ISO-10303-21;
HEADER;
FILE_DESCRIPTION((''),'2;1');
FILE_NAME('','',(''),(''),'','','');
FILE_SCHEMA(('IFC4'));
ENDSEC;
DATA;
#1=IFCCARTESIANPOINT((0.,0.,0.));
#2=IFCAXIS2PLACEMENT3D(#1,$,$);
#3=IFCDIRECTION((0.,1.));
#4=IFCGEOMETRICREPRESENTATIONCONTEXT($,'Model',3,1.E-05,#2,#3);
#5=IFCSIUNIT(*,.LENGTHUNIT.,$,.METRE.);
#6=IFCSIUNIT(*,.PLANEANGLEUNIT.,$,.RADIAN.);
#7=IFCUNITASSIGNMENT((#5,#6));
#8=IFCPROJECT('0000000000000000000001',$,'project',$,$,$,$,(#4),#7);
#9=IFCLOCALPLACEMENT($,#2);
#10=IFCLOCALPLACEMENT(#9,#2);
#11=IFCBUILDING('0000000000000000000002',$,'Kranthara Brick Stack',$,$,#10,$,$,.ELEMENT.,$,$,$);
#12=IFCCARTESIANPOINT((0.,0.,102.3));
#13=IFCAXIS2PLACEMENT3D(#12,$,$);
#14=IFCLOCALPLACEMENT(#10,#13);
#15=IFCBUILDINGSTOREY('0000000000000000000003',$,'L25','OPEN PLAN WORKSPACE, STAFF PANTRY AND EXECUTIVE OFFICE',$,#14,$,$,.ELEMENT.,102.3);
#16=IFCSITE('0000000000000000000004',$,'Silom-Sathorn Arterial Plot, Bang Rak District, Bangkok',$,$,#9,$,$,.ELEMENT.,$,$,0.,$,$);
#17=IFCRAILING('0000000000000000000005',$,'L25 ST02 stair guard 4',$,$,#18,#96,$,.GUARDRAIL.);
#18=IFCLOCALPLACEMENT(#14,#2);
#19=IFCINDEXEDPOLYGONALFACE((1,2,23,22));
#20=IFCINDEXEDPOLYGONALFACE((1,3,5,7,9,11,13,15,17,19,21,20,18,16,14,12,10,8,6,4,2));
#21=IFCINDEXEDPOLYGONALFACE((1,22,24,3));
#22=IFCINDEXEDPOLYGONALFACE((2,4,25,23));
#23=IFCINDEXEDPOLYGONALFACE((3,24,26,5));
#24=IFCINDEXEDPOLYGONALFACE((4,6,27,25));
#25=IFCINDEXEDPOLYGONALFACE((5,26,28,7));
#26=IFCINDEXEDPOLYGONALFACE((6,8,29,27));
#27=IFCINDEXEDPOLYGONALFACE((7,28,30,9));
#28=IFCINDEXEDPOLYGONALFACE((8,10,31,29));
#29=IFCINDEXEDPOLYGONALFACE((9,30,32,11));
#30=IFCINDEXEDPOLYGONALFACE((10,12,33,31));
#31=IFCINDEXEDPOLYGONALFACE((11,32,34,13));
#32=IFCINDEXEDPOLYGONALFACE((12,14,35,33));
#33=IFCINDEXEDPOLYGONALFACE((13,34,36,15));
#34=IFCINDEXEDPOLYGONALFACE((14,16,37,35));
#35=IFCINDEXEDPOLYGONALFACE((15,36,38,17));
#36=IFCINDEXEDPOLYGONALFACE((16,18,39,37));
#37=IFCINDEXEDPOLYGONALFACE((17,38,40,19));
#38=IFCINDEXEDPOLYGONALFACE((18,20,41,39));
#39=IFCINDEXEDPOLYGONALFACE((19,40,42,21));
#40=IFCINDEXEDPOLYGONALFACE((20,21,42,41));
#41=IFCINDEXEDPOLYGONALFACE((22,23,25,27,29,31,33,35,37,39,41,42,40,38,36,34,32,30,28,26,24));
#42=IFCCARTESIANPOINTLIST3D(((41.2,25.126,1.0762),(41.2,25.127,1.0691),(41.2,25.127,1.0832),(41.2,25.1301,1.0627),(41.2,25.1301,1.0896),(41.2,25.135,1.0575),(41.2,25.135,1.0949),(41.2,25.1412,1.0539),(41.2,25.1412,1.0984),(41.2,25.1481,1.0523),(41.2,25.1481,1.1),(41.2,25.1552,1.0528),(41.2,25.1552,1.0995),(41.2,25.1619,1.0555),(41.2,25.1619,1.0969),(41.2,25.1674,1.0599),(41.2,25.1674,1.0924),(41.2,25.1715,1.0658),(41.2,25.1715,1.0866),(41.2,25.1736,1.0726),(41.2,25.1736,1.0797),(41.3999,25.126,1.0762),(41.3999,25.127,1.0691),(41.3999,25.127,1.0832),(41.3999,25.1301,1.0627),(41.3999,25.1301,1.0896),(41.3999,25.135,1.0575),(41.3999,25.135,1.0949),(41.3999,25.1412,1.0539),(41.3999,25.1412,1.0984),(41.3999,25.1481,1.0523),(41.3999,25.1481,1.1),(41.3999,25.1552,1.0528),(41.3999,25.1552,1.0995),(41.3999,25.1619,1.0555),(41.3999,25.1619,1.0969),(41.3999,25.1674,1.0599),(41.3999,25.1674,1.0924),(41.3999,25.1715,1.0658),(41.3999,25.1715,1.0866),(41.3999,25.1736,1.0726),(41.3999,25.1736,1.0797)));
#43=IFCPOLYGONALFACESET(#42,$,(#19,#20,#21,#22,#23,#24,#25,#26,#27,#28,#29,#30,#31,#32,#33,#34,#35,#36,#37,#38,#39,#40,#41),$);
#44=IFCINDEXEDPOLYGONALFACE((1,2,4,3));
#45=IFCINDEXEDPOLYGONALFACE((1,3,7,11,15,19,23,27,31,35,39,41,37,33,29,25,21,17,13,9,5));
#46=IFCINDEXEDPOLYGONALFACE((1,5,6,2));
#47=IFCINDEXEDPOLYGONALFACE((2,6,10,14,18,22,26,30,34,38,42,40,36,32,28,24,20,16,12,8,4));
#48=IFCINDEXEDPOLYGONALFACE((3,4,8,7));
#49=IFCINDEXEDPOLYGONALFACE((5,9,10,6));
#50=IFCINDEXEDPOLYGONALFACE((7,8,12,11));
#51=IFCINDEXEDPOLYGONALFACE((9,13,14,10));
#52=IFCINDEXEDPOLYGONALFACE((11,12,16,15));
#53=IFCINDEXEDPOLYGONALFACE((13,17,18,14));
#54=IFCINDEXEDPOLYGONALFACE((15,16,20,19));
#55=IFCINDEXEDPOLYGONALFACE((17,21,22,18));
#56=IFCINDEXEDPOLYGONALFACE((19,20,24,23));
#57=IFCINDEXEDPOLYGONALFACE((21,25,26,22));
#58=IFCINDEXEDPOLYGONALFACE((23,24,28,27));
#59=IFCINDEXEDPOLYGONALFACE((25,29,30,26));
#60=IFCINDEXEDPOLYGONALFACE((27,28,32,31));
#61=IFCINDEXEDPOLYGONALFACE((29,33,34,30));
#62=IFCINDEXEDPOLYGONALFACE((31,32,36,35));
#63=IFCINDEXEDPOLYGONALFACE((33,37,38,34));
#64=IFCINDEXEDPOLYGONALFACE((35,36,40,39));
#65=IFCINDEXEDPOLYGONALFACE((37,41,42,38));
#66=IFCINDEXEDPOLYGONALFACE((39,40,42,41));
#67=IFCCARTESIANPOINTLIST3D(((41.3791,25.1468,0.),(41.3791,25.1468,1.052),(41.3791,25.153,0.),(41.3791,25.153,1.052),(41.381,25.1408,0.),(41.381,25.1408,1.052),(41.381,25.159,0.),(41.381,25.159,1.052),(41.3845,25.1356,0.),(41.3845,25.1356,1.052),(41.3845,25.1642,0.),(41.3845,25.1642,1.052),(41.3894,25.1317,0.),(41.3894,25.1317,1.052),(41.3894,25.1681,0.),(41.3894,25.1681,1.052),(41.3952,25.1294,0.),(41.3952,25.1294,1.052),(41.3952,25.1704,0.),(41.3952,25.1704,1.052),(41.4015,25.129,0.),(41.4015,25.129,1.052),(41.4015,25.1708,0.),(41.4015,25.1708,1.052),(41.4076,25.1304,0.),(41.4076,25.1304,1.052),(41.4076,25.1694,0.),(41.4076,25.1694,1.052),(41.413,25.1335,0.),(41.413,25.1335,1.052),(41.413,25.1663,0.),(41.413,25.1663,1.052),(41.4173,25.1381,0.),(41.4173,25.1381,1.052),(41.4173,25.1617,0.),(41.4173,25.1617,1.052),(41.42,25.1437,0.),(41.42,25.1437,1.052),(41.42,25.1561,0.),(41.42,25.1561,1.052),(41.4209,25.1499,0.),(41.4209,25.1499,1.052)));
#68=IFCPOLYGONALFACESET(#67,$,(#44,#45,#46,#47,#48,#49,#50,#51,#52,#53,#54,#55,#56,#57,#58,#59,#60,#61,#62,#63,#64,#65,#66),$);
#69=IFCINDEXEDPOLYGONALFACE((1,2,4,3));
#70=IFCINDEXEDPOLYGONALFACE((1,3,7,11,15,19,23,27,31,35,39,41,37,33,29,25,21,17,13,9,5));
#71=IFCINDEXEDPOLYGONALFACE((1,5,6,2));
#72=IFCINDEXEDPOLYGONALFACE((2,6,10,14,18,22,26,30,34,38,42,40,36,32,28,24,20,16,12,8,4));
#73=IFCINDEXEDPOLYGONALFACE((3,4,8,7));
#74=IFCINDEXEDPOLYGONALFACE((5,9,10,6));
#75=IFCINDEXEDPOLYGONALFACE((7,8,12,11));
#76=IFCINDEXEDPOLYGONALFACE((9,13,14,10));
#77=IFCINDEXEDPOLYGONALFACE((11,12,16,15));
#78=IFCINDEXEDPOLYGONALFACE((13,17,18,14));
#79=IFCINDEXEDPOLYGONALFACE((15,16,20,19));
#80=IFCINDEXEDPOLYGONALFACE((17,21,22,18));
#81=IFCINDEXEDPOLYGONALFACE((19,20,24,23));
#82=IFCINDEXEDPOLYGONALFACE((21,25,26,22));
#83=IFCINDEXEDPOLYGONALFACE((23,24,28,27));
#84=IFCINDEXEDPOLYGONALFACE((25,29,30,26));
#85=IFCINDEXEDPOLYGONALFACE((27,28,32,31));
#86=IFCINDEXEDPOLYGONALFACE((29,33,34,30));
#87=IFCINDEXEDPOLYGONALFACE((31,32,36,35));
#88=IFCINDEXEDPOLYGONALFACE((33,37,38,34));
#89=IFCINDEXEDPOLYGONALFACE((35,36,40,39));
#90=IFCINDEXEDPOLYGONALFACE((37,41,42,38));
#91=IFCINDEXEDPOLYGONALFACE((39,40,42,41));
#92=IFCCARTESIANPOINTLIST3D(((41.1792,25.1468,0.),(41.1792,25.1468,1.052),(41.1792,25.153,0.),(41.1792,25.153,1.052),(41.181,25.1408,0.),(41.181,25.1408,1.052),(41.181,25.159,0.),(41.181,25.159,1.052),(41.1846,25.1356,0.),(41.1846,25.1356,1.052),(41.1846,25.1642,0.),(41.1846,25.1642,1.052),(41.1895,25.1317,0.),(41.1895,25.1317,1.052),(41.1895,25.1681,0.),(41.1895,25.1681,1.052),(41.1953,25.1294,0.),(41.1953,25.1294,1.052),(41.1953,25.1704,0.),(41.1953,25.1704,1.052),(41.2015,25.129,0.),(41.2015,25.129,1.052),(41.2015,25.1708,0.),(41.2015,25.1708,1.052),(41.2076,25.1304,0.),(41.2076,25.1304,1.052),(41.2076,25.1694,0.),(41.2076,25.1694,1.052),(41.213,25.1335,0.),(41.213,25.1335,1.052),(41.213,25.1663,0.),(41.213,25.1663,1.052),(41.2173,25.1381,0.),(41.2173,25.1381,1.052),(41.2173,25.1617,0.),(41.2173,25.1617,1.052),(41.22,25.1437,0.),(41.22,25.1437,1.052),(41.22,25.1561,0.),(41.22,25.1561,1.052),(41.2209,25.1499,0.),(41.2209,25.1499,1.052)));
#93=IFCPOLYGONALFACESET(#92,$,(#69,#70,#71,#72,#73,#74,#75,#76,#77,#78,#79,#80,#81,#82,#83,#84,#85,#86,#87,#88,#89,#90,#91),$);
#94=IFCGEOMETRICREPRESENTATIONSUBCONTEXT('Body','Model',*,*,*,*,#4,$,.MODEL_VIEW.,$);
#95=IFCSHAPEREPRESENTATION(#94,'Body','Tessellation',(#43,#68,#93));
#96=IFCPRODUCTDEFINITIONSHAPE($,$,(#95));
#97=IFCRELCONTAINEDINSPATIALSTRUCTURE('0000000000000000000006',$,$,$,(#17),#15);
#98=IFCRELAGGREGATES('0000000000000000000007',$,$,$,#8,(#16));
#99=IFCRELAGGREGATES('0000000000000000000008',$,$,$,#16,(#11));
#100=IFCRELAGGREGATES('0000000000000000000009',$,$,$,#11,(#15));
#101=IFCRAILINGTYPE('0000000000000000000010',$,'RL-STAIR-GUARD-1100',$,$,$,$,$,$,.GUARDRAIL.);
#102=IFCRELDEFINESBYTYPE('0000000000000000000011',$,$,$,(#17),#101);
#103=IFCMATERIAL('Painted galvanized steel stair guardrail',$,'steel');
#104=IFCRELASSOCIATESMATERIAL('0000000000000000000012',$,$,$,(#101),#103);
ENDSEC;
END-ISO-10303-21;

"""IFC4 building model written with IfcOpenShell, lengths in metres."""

from ifc_helpers import new_model, si_unit, direction, frame, origin, origin_2d, place, context, subcontext, project, spatial, circle, extrude, material, type_object, element, save


model = new_model("IFC4")

# Units and contexts
model_context = context("Model", 3, precision=1e-05, world=origin(), true_north=direction((0.0, 1.0)))
body_context = subcontext(model_context, "Body", "Model", "MODEL_VIEW")
ifc_project = project(units=[si_unit("LENGTHUNIT", "METRE"), si_unit("PLANEANGLEUNIT", "RADIAN")], contexts=[model_context])

# Site, building, storey
site_placement = place(None, origin())
site = spatial("IfcSite", under=ifc_project, at=site_placement, Name="Silom-Sathorn Arterial Plot, Bang Rak District, Bangkok", CompositionType="ELEMENT", RefElevation=0.0)
building_placement = place(site_placement, origin())
building = spatial("IfcBuilding", under=site, at=building_placement, Name="Kranthara Brick Stack", CompositionType="ELEMENT")
storey_placement = place(building_placement, frame((0.0, 0.0, 102.3)))
storey = spatial("IfcBuildingStorey", under=building, at=storey_placement, Name="L25", Description="OPEN PLAN WORKSPACE, STAFF PANTRY AND EXECUTIVE OFFICE", CompositionType="ELEMENT", Elevation=102.3)

# Railing
ifc_material_1 = material(Name="Painted galvanized steel stair guardrail", Category="steel")
railing_type = type_object("IfcRailingType", Name="RL-STAIR-GUARD-1100", PredefinedType="GUARDRAIL", material=ifc_material_1)
railing_placement = place(storey_placement, frame((41.3999, 25.1499, 0.0)))
element("IfcRailing", 1, at=railing_placement, inside=storey, type_object=railing_type, Name="L25 ST02 stair guard 4", PredefinedType="GUARDRAIL", context=body_context, shape_type="SweptSolid", body=[
    extrude(circle(Radius=0.0239, at=origin_2d()), frame((0.0, 0.0, 1.0762), z_axis=(-1.0, 0.0, 0.0), x_axis=(0.0, -1.0, 0.0)), (0.0, 0.0, 1.0), 0.2),
    extrude(circle(Radius=0.021, at=origin_2d()), origin(), (0.0, 0.0, 1.0), 1.052),
    extrude(circle(Radius=0.021, at=origin_2d()), frame((-0.2, 0.0, 0.0)), (0.0, 0.0, 1.0), 1.052),
])

save(model, "model.ifc")
